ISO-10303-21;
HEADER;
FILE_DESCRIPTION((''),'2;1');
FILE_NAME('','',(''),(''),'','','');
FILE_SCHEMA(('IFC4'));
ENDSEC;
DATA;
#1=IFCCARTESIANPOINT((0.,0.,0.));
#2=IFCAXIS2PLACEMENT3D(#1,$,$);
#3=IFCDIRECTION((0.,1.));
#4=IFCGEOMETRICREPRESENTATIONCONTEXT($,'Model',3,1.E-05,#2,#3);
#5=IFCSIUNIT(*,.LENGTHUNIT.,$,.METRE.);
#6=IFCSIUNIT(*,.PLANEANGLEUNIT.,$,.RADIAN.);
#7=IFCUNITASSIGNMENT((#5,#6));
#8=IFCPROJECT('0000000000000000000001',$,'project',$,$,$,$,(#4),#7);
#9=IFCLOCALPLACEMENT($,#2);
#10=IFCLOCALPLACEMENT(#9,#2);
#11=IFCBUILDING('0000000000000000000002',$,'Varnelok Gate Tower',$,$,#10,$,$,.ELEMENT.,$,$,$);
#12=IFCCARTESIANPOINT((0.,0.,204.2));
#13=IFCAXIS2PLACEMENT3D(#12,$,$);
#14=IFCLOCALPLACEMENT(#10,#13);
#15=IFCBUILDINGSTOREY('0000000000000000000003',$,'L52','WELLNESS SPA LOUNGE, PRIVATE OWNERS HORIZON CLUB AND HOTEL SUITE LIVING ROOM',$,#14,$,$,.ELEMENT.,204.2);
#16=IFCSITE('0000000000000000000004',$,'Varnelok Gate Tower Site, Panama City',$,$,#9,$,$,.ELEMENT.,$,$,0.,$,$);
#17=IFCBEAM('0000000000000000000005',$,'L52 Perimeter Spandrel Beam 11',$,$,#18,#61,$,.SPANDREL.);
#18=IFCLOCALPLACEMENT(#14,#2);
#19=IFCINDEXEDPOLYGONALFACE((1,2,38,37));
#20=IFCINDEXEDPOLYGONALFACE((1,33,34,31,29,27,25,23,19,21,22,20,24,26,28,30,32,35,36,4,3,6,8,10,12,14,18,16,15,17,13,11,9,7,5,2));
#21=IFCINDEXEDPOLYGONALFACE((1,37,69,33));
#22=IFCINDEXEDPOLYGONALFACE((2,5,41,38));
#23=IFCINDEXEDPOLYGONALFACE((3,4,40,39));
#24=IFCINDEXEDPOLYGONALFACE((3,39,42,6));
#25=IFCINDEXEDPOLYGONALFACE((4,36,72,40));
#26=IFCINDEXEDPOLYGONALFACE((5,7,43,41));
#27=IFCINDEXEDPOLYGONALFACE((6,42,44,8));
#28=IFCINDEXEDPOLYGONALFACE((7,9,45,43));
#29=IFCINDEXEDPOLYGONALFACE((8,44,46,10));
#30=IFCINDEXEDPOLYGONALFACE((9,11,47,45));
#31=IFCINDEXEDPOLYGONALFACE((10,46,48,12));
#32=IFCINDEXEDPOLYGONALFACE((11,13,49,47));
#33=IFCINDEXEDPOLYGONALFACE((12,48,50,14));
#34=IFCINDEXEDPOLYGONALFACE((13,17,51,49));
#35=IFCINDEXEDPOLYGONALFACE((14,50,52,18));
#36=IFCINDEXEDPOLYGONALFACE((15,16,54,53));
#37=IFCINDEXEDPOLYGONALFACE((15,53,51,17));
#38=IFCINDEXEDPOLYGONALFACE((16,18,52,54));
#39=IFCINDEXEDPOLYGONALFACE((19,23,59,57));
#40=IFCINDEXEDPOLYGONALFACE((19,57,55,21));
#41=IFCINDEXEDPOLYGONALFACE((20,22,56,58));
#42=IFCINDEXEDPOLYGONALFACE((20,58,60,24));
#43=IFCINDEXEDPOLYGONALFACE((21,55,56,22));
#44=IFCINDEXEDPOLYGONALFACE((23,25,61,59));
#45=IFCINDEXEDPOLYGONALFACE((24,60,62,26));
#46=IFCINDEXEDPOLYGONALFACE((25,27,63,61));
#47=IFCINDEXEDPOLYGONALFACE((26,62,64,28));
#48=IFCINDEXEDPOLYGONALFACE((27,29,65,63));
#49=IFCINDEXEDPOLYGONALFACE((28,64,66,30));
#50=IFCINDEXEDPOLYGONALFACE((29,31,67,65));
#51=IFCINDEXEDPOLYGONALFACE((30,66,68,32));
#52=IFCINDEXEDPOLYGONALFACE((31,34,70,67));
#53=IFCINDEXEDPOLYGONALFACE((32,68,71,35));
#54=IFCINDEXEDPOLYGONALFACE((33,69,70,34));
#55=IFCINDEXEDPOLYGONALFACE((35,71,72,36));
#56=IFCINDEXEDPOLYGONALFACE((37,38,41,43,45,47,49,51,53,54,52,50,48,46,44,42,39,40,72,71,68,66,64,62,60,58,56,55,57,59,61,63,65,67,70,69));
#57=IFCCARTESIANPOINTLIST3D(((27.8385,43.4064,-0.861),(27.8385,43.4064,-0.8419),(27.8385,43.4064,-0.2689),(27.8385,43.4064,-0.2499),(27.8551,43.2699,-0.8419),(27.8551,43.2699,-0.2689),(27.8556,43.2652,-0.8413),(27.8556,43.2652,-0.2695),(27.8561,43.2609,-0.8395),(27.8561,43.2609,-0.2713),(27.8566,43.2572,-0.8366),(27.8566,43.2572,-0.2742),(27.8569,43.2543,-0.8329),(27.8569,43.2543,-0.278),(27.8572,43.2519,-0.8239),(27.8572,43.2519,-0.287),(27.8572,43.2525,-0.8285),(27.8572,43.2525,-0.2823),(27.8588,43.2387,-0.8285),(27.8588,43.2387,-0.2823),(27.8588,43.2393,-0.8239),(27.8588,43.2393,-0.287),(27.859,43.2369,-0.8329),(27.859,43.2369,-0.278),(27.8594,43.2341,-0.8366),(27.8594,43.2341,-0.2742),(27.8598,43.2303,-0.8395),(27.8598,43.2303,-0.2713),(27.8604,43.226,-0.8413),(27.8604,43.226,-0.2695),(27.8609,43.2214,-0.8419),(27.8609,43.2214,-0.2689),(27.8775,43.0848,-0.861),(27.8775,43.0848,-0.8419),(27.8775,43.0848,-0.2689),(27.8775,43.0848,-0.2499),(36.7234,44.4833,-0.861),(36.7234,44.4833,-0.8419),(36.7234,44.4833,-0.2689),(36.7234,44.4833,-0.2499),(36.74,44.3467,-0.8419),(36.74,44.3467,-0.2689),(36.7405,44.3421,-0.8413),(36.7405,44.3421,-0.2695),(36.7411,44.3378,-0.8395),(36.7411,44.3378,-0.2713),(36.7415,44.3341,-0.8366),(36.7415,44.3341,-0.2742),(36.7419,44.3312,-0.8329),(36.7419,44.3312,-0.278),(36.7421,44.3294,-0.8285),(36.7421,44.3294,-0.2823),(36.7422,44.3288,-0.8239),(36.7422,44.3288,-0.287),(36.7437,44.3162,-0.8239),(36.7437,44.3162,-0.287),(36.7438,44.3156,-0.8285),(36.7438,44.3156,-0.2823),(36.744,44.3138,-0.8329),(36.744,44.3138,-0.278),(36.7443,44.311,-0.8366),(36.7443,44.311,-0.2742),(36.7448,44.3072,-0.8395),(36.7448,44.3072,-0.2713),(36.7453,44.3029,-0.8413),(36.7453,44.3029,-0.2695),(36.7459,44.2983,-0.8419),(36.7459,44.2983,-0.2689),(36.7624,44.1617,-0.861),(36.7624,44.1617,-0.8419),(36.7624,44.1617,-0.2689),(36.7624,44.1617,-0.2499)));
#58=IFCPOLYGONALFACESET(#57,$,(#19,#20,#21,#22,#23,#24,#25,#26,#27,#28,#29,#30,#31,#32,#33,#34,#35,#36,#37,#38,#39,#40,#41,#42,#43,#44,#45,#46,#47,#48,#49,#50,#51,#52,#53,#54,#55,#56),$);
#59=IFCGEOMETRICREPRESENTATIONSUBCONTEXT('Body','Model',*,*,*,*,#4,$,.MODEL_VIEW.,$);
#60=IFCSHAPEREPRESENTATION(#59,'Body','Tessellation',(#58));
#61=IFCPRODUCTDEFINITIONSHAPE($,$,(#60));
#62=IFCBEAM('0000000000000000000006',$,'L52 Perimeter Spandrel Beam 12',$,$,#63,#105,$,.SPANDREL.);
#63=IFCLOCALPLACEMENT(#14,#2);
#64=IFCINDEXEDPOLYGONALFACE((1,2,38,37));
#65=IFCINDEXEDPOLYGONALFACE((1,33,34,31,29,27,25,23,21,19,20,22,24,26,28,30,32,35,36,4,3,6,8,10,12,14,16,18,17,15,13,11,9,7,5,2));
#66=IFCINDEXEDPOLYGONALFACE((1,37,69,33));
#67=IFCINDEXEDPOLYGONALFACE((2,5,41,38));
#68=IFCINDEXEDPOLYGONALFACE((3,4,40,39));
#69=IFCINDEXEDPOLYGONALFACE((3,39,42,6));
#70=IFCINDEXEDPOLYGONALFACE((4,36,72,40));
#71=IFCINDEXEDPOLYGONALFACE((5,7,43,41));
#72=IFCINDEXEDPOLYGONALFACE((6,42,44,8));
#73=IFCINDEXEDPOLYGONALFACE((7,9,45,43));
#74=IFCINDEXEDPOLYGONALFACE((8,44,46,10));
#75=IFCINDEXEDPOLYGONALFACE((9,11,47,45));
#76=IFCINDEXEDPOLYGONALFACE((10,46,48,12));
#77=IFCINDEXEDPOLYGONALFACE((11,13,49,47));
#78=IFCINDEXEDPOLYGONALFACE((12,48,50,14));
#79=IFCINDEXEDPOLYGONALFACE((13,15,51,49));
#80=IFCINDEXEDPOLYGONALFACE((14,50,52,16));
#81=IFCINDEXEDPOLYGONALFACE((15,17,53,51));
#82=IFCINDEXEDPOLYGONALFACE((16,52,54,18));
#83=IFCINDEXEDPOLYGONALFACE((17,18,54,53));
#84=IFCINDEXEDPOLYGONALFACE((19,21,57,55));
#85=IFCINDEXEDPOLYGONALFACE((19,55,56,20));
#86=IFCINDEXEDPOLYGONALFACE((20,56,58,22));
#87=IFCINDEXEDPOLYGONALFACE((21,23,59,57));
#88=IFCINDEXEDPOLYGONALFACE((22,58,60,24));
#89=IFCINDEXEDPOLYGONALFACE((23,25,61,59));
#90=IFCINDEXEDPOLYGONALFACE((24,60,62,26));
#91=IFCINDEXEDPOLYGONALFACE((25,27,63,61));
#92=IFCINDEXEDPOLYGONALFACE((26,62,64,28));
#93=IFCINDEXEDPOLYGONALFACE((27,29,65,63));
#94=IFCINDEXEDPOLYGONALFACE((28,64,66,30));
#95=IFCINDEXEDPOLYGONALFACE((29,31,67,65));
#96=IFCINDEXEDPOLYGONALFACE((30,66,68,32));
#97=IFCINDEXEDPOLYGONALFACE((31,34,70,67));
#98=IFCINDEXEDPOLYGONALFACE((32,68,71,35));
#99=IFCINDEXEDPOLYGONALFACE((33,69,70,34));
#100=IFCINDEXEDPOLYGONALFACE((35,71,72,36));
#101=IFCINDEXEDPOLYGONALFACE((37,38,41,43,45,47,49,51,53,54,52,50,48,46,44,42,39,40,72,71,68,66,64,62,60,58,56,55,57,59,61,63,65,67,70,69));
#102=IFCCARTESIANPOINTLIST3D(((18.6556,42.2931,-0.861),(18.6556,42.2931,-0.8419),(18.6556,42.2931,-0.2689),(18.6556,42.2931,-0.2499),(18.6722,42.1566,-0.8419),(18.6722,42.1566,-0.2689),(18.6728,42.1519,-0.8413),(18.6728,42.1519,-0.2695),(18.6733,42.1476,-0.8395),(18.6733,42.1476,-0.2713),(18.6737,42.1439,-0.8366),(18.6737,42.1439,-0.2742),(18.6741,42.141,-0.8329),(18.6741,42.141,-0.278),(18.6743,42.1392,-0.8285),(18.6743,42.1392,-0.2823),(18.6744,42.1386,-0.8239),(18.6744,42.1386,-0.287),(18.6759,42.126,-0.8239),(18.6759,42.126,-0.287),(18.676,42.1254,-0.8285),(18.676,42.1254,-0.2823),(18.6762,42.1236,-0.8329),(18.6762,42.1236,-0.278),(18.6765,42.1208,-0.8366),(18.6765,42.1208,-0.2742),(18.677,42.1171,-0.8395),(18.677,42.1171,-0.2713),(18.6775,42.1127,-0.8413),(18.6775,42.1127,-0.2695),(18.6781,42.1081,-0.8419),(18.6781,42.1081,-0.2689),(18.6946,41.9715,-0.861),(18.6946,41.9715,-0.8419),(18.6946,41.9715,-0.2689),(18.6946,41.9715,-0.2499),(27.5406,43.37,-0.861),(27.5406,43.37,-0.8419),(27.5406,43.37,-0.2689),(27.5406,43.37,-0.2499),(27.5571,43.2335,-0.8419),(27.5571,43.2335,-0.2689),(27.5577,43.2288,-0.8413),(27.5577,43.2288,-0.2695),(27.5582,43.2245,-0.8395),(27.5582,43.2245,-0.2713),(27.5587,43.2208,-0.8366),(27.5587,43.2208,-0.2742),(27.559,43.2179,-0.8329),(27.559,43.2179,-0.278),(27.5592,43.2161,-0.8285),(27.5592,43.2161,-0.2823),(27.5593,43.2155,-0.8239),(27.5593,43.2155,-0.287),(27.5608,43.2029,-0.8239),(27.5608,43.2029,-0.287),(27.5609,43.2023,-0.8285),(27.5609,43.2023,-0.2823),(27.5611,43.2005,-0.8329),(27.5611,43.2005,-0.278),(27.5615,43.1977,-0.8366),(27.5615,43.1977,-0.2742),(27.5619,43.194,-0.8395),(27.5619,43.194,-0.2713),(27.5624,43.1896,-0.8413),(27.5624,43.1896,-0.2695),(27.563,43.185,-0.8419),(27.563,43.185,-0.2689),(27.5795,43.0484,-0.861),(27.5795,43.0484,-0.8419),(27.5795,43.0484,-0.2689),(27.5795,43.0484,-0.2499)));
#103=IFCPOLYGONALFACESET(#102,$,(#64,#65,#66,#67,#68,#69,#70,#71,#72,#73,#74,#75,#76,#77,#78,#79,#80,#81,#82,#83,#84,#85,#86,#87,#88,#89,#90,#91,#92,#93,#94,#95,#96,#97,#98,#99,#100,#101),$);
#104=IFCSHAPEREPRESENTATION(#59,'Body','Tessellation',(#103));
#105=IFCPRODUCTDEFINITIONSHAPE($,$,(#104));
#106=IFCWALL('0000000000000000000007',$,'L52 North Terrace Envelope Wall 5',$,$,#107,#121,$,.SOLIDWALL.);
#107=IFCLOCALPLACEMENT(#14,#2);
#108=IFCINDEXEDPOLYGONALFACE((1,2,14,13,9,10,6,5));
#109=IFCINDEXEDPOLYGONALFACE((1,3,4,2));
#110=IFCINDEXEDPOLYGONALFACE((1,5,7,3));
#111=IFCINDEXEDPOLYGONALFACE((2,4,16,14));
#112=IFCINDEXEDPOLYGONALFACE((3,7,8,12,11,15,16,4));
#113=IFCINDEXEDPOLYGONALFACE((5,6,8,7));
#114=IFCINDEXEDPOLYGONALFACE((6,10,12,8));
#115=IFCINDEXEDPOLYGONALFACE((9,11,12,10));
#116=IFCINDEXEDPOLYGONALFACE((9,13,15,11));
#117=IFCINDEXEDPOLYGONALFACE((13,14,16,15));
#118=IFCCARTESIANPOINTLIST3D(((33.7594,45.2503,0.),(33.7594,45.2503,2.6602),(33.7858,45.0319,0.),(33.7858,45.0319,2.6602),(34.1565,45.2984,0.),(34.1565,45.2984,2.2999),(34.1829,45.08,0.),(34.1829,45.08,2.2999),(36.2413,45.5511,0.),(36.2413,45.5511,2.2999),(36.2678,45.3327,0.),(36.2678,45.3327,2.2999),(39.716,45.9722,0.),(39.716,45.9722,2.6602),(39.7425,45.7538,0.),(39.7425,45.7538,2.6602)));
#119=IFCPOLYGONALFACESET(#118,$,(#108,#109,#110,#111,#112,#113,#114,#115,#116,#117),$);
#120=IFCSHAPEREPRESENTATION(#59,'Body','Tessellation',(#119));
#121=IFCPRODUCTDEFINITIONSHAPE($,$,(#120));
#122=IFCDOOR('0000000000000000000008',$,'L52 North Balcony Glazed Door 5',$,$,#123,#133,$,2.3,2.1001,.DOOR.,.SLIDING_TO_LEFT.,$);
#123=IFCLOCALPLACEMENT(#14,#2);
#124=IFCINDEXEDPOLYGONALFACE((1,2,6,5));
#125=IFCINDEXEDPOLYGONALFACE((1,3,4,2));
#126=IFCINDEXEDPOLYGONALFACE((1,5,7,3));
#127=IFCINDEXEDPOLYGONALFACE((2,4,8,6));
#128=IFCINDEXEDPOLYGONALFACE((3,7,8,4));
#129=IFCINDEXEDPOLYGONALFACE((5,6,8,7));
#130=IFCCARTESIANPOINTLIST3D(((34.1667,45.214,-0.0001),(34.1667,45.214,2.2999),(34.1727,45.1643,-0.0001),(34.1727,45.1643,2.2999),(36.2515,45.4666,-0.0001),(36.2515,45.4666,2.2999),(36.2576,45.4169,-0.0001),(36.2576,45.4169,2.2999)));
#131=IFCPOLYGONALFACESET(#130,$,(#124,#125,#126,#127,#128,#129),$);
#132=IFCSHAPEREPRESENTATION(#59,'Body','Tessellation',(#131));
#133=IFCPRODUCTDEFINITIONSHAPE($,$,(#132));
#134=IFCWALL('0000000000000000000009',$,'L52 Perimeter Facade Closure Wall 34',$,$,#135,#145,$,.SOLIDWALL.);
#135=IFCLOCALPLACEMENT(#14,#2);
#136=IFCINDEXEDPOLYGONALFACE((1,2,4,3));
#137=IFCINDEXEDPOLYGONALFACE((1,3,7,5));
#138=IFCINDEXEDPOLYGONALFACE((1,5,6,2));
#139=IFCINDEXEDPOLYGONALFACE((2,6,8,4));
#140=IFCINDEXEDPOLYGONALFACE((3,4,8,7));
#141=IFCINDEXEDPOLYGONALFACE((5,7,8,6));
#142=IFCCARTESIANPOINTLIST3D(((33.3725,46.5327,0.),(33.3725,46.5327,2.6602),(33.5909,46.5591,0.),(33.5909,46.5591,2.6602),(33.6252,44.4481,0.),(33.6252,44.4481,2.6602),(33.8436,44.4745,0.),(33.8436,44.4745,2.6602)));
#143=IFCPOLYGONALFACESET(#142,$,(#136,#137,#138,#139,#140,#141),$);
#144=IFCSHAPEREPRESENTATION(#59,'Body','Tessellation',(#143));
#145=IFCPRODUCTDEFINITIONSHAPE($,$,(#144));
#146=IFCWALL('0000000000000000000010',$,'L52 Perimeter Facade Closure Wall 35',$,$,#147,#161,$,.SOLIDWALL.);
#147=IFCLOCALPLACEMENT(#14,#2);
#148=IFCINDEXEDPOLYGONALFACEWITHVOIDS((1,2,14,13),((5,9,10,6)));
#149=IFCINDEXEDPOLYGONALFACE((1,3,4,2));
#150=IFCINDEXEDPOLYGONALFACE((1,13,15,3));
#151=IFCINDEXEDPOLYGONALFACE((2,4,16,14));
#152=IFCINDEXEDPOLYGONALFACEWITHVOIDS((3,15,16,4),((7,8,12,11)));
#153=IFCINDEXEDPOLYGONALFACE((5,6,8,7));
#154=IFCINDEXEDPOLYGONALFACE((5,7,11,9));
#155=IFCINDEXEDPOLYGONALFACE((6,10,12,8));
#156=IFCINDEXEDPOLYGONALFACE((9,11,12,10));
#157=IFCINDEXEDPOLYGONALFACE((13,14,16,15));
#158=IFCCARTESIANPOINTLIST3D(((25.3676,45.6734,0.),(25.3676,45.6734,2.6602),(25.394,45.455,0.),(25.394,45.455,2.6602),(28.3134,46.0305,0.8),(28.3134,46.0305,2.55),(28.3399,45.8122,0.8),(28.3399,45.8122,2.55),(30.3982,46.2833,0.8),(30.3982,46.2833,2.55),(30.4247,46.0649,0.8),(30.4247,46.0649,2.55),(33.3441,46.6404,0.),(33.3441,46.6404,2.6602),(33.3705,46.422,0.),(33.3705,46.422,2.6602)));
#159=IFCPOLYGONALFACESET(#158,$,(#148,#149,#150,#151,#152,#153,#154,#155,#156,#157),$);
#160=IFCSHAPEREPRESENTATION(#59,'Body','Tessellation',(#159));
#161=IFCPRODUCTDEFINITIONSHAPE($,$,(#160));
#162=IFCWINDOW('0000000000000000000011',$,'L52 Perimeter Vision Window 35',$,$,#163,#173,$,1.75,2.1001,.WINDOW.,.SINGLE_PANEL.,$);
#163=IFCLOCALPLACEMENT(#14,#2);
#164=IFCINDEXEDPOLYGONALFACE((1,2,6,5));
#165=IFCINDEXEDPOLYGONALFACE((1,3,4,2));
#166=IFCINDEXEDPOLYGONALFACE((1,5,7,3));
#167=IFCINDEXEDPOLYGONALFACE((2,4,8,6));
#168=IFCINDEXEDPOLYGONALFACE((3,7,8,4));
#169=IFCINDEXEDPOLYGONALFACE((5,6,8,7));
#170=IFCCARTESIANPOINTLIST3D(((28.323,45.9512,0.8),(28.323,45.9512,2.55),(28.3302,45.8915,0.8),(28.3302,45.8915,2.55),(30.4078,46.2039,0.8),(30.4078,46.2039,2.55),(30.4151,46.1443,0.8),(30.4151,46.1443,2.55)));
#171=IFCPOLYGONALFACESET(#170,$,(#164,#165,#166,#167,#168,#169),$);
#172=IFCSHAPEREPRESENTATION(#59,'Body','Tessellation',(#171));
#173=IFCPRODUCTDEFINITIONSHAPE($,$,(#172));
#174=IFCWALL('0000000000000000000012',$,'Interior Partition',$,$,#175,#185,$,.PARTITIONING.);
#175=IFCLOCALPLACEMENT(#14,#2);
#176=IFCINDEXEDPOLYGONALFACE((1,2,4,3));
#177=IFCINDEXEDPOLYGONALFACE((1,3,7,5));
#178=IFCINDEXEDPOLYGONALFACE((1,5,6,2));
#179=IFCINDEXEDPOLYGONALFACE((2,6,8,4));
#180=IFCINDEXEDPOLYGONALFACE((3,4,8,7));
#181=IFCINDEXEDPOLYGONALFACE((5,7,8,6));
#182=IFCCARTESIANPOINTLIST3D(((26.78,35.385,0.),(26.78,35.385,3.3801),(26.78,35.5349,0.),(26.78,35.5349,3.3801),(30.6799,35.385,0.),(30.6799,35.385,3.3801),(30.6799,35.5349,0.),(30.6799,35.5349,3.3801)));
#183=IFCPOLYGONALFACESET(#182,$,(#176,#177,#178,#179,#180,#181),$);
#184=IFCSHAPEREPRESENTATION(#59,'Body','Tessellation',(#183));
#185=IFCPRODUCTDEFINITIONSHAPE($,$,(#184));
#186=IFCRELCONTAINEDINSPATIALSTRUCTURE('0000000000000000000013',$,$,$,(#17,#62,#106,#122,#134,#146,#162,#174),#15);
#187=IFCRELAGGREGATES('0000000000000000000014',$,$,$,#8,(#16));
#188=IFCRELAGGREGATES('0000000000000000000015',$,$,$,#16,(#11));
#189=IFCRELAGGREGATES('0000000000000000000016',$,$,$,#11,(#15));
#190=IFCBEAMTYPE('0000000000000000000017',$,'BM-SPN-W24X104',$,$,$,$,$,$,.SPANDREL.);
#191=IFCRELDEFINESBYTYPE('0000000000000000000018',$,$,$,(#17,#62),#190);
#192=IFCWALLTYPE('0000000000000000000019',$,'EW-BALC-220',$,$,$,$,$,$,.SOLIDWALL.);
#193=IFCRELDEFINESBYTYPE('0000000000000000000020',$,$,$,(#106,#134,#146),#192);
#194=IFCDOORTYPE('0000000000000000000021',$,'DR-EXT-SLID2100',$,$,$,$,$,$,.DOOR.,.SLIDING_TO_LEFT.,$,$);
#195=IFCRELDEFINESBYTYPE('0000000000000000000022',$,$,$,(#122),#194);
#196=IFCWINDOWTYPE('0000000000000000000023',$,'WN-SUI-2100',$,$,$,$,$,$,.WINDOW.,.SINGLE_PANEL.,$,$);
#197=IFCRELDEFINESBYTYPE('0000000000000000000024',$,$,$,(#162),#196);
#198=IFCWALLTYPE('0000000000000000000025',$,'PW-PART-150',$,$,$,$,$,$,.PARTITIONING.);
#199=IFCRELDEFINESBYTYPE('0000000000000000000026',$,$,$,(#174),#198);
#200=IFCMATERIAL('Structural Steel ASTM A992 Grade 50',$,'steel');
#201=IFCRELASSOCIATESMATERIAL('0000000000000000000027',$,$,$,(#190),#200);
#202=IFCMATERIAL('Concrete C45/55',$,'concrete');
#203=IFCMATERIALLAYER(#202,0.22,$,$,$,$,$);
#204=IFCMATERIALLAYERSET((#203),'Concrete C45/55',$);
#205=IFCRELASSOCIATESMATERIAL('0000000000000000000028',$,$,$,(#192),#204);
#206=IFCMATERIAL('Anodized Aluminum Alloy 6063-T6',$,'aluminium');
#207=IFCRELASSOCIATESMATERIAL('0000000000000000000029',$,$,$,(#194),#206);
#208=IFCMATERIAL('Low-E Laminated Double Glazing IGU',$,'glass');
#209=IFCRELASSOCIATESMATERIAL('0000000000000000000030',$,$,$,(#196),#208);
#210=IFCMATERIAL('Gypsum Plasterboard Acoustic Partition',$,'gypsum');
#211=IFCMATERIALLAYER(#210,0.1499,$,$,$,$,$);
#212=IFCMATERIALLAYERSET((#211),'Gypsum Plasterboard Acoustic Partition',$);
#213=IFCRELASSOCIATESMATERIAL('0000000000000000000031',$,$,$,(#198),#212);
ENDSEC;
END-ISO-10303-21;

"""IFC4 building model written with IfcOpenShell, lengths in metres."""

from ifc_helpers import new_model, si_unit, direction, frame, frame_2d, origin, origin_2d, place, context, subcontext, project, spatial, rectangle, i_section, extrude, material, layer, layer_set, material_profile, profile_set, type_object, element, fill, save


model = new_model("IFC4")

# Units and contexts
model_context = context("Model", 3, precision=1e-05, world=origin(), true_north=direction((0.0, 1.0)))
body_context = subcontext(model_context, "Body", "Model", "MODEL_VIEW")
ifc_project = project(units=[si_unit("LENGTHUNIT", "METRE"), si_unit("PLANEANGLEUNIT", "RADIAN")], contexts=[model_context])

# Site, building, storey
site_placement = place(None, origin())
site = spatial("IfcSite", under=ifc_project, at=site_placement, Name="Varnelok Gate Tower Site, Panama City", CompositionType="ELEMENT", RefElevation=0.0)
building_placement = place(site_placement, origin())
building = spatial("IfcBuilding", under=site, at=building_placement, Name="Varnelok Gate Tower", CompositionType="ELEMENT")
storey_placement = place(building_placement, frame((0.0, 0.0, 204.2)))
storey = spatial("IfcBuildingStorey", under=building, at=storey_placement, Name="L52", Description="WELLNESS SPA LOUNGE, PRIVATE OWNERS HORIZON CLUB AND HOTEL SUITE LIVING ROOM", CompositionType="ELEMENT", Elevation=204.2)

# Shared definitions
ifc_material_1 = material(Name="Structural Steel ASTM A992 Grade 50", Category="steel")

# Beams
ifc_material_profile_1 = material_profile(ifc_material_1, i_section(OverallWidth=0.324, OverallDepth=0.6111, WebThickness=0.0127, FlangeThickness=0.019, FilletRadius=0.0181, at=origin_2d()), Name="W24X104")
ifc_profile_set_1 = profile_set([ifc_material_profile_1], Name="Structural Steel ASTM A992 Grade 50")
beam_type_1 = type_object("IfcBeamType", Name="BM-SPN-W24X104", PredefinedType="SPANDREL", material=ifc_profile_set_1)
for number, where, z_axis, x_axis, name in (
    (1, (36.7429, 44.3225, -0.5554), (-0.992735, -0.120324, 0.0), (0.120324, -0.992735, 0.0), "L52 Perimeter Spandrel Beam 11"),
    (2, (27.5601, 43.2092, -0.5554), (-0.992735, -0.120324, 0.0), (0.120324, -0.992735, 0.0), "L52 Perimeter Spandrel Beam 12"),
):
    element("IfcBeam", number, at=place(storey_placement, frame(where, z_axis=z_axis, x_axis=x_axis)), inside=storey, type_object=beam_type_1, Name=name, PredefinedType="SPANDREL", context=body_context, shape_type="SweptSolid", body=[
        extrude(i_section(OverallWidth=0.324, OverallDepth=0.6111, WebThickness=0.0127, FlangeThickness=0.019, FilletRadius=0.0181, at=origin_2d()), origin(), (0.0, 0.0, 1.0), 8.95),
    ])

# Wall, opening, door
ifc_material_2 = material(Name="Concrete C45/55", Category="concrete")
ifc_layer_1 = layer(ifc_material_2, 0.22)
ifc_layer_set_1 = layer_set([ifc_layer_1], Name="Concrete C45/55")
wall_type_1 = type_object("IfcWallType", Name="EW-BALC-220", PredefinedType="SOLIDWALL", material=ifc_layer_set_1)
wall_1_placement = place(storey_placement, frame((33.7727, 45.1411, 0.0), z_axis=(0.0, 0.0, 1.0), x_axis=(0.992735, 0.120318, 0.0)))
wall_1 = element("IfcWall", 3, at=wall_1_placement, inside=storey, type_object=wall_type_1, Name="L52 North Terrace Envelope Wall 5", PredefinedType="SOLIDWALL", context=body_context, shape_type="SweptSolid", body=[
    extrude(rectangle(XDim=6.0002, YDim=0.22, at=frame_2d((3.0, 0.0))), origin(), (0.0, 0.0, 1.0), 2.6602),
])
opening_1_placement = place(wall_1_placement, frame((0.3999, 0.0, 0.0)))
opening_1 = element("IfcOpeningElement", 4, at=opening_1_placement, cuts=wall_1, PredefinedType="OPENING", context=body_context, shape_type="SweptSolid", body=[
    extrude(rectangle(XDim=2.1001, YDim=2.3, at=frame_2d((1.05, 1.1499))), frame((0.0, 0.1199, 0.0), z_axis=(0.0, -1.0, 0.0), x_axis=(1.0, 0.0, 0.0)), (0.0, 0.0, 1.0), 0.24),
])
ifc_material_3 = material(Name="Anodized Aluminum Alloy 6063-T6", Category="aluminium")
door_type = type_object("IfcDoorType", Name="DR-EXT-SLID2100", OperationType="SLIDING_TO_LEFT", PredefinedType="DOOR", material=ifc_material_3)
door_placement = place(opening_1_placement, origin())
door = element("IfcDoor", 5, at=door_placement, inside=storey, type_object=door_type, Name="L52 North Balcony Glazed Door 5", OperationType="SLIDING_TO_LEFT", OverallHeight=2.3, OverallWidth=2.1001, PredefinedType="DOOR", context=body_context, shape_type="SweptSolid", body=[
    extrude(rectangle(XDim=2.1001, YDim=2.3, at=frame_2d((1.05, 1.1499))), frame((0.0, 0.0249, 0.0), z_axis=(0.0, -1.0, 0.0), x_axis=(1.0, 0.0, 0.0)), (0.0, 0.0, 1.0), 0.05),
])
fill(opening_1, door)

# Wall
wall_2_placement = place(storey_placement, frame((33.7344, 44.4614, 0.0), z_axis=(0.0, 0.0, 1.0), x_axis=(-0.120328, 0.992734, 0.0)))
element("IfcWall", 6, at=wall_2_placement, inside=storey, type_object=wall_type_1, Name="L52 Perimeter Facade Closure Wall 34", PredefinedType="SOLIDWALL", context=body_context, shape_type="SweptSolid", body=[
    extrude(rectangle(XDim=2.0999, YDim=0.22, at=frame_2d((1.0498, 0.0))), origin(), (0.0, 0.0, 1.0), 2.6602),
])

# Wall, opening, window
wall_3_placement = place(storey_placement, frame((33.3574, 46.5312, 0.0), z_axis=(0.0, 0.0, 1.0), x_axis=(-0.992731, -0.120354, 0.0)))
wall_3 = element("IfcWall", 7, at=wall_3_placement, inside=storey, type_object=wall_type_1, Name="L52 Perimeter Facade Closure Wall 35", PredefinedType="SOLIDWALL", context=body_context, shape_type="SweptSolid", body=[
    extrude(rectangle(XDim=8.0349, YDim=0.22, at=frame_2d((4.0176, 0.0))), origin(), (0.0, 0.0, 1.0), 2.6602),
])
opening_2_placement = place(wall_3_placement, frame((2.9675, 0.0, 0.8)))
opening_2 = element("IfcOpeningElement", 8, at=opening_2_placement, cuts=wall_3, PredefinedType="OPENING", context=body_context, shape_type="SweptSolid", body=[
    extrude(rectangle(XDim=2.1001, YDim=1.75, at=frame_2d((1.05, 0.875))), frame((0.0, 0.1199, 0.0), z_axis=(0.0, -1.0, 0.0), x_axis=(1.0, 0.0, 0.0)), (0.0, 0.0, 1.0), 0.24),
])
ifc_material_4 = material(Name="Low-E Laminated Double Glazing IGU", Category="glass")
window_type = type_object("IfcWindowType", Name="WN-SUI-2100", PartitioningType="SINGLE_PANEL", PredefinedType="WINDOW", material=ifc_material_4)
window_placement = place(opening_2_placement, origin())
window = element("IfcWindow", 9, at=window_placement, inside=storey, type_object=window_type, Name="L52 Perimeter Vision Window 35", OverallHeight=1.75, OverallWidth=2.1001, PartitioningType="SINGLE_PANEL", PredefinedType="WINDOW", context=body_context, shape_type="SweptSolid", body=[
    extrude(rectangle(XDim=2.1001, YDim=1.75, at=frame_2d((1.05, 0.875))), frame((0.0, 0.03, 0.0), z_axis=(0.0, -1.0, 0.0), x_axis=(1.0, 0.0, 0.0)), (0.0, 0.0, 1.0), 0.0601),
])
fill(opening_2, window)

# Wall
ifc_material_5 = material(Name="Gypsum Plasterboard Acoustic Partition", Category="gypsum")
ifc_layer_2 = layer(ifc_material_5, 0.1499)
ifc_layer_set_2 = layer_set([ifc_layer_2], Name="Gypsum Plasterboard Acoustic Partition")
wall_type_2 = type_object("IfcWallType", Name="PW-PART-150", PredefinedType="PARTITIONING", material=ifc_layer_set_2)
wall_4_placement = place(storey_placement, frame((26.78, 35.46, 0.0), z_axis=(0.0, 0.0, 1.0), x_axis=(1.0, 0.0, 0.0)))
element("IfcWall", 10, at=wall_4_placement, inside=storey, type_object=wall_type_2, Name="Interior Partition", PredefinedType="PARTITIONING", context=body_context, shape_type="SweptSolid", body=[
    extrude(rectangle(XDim=3.8999, YDim=0.1499, at=frame_2d((1.95, 0.0))), origin(), (0.0, 0.0, 1.0), 3.3801),
])

save(model, "model.ifc")
